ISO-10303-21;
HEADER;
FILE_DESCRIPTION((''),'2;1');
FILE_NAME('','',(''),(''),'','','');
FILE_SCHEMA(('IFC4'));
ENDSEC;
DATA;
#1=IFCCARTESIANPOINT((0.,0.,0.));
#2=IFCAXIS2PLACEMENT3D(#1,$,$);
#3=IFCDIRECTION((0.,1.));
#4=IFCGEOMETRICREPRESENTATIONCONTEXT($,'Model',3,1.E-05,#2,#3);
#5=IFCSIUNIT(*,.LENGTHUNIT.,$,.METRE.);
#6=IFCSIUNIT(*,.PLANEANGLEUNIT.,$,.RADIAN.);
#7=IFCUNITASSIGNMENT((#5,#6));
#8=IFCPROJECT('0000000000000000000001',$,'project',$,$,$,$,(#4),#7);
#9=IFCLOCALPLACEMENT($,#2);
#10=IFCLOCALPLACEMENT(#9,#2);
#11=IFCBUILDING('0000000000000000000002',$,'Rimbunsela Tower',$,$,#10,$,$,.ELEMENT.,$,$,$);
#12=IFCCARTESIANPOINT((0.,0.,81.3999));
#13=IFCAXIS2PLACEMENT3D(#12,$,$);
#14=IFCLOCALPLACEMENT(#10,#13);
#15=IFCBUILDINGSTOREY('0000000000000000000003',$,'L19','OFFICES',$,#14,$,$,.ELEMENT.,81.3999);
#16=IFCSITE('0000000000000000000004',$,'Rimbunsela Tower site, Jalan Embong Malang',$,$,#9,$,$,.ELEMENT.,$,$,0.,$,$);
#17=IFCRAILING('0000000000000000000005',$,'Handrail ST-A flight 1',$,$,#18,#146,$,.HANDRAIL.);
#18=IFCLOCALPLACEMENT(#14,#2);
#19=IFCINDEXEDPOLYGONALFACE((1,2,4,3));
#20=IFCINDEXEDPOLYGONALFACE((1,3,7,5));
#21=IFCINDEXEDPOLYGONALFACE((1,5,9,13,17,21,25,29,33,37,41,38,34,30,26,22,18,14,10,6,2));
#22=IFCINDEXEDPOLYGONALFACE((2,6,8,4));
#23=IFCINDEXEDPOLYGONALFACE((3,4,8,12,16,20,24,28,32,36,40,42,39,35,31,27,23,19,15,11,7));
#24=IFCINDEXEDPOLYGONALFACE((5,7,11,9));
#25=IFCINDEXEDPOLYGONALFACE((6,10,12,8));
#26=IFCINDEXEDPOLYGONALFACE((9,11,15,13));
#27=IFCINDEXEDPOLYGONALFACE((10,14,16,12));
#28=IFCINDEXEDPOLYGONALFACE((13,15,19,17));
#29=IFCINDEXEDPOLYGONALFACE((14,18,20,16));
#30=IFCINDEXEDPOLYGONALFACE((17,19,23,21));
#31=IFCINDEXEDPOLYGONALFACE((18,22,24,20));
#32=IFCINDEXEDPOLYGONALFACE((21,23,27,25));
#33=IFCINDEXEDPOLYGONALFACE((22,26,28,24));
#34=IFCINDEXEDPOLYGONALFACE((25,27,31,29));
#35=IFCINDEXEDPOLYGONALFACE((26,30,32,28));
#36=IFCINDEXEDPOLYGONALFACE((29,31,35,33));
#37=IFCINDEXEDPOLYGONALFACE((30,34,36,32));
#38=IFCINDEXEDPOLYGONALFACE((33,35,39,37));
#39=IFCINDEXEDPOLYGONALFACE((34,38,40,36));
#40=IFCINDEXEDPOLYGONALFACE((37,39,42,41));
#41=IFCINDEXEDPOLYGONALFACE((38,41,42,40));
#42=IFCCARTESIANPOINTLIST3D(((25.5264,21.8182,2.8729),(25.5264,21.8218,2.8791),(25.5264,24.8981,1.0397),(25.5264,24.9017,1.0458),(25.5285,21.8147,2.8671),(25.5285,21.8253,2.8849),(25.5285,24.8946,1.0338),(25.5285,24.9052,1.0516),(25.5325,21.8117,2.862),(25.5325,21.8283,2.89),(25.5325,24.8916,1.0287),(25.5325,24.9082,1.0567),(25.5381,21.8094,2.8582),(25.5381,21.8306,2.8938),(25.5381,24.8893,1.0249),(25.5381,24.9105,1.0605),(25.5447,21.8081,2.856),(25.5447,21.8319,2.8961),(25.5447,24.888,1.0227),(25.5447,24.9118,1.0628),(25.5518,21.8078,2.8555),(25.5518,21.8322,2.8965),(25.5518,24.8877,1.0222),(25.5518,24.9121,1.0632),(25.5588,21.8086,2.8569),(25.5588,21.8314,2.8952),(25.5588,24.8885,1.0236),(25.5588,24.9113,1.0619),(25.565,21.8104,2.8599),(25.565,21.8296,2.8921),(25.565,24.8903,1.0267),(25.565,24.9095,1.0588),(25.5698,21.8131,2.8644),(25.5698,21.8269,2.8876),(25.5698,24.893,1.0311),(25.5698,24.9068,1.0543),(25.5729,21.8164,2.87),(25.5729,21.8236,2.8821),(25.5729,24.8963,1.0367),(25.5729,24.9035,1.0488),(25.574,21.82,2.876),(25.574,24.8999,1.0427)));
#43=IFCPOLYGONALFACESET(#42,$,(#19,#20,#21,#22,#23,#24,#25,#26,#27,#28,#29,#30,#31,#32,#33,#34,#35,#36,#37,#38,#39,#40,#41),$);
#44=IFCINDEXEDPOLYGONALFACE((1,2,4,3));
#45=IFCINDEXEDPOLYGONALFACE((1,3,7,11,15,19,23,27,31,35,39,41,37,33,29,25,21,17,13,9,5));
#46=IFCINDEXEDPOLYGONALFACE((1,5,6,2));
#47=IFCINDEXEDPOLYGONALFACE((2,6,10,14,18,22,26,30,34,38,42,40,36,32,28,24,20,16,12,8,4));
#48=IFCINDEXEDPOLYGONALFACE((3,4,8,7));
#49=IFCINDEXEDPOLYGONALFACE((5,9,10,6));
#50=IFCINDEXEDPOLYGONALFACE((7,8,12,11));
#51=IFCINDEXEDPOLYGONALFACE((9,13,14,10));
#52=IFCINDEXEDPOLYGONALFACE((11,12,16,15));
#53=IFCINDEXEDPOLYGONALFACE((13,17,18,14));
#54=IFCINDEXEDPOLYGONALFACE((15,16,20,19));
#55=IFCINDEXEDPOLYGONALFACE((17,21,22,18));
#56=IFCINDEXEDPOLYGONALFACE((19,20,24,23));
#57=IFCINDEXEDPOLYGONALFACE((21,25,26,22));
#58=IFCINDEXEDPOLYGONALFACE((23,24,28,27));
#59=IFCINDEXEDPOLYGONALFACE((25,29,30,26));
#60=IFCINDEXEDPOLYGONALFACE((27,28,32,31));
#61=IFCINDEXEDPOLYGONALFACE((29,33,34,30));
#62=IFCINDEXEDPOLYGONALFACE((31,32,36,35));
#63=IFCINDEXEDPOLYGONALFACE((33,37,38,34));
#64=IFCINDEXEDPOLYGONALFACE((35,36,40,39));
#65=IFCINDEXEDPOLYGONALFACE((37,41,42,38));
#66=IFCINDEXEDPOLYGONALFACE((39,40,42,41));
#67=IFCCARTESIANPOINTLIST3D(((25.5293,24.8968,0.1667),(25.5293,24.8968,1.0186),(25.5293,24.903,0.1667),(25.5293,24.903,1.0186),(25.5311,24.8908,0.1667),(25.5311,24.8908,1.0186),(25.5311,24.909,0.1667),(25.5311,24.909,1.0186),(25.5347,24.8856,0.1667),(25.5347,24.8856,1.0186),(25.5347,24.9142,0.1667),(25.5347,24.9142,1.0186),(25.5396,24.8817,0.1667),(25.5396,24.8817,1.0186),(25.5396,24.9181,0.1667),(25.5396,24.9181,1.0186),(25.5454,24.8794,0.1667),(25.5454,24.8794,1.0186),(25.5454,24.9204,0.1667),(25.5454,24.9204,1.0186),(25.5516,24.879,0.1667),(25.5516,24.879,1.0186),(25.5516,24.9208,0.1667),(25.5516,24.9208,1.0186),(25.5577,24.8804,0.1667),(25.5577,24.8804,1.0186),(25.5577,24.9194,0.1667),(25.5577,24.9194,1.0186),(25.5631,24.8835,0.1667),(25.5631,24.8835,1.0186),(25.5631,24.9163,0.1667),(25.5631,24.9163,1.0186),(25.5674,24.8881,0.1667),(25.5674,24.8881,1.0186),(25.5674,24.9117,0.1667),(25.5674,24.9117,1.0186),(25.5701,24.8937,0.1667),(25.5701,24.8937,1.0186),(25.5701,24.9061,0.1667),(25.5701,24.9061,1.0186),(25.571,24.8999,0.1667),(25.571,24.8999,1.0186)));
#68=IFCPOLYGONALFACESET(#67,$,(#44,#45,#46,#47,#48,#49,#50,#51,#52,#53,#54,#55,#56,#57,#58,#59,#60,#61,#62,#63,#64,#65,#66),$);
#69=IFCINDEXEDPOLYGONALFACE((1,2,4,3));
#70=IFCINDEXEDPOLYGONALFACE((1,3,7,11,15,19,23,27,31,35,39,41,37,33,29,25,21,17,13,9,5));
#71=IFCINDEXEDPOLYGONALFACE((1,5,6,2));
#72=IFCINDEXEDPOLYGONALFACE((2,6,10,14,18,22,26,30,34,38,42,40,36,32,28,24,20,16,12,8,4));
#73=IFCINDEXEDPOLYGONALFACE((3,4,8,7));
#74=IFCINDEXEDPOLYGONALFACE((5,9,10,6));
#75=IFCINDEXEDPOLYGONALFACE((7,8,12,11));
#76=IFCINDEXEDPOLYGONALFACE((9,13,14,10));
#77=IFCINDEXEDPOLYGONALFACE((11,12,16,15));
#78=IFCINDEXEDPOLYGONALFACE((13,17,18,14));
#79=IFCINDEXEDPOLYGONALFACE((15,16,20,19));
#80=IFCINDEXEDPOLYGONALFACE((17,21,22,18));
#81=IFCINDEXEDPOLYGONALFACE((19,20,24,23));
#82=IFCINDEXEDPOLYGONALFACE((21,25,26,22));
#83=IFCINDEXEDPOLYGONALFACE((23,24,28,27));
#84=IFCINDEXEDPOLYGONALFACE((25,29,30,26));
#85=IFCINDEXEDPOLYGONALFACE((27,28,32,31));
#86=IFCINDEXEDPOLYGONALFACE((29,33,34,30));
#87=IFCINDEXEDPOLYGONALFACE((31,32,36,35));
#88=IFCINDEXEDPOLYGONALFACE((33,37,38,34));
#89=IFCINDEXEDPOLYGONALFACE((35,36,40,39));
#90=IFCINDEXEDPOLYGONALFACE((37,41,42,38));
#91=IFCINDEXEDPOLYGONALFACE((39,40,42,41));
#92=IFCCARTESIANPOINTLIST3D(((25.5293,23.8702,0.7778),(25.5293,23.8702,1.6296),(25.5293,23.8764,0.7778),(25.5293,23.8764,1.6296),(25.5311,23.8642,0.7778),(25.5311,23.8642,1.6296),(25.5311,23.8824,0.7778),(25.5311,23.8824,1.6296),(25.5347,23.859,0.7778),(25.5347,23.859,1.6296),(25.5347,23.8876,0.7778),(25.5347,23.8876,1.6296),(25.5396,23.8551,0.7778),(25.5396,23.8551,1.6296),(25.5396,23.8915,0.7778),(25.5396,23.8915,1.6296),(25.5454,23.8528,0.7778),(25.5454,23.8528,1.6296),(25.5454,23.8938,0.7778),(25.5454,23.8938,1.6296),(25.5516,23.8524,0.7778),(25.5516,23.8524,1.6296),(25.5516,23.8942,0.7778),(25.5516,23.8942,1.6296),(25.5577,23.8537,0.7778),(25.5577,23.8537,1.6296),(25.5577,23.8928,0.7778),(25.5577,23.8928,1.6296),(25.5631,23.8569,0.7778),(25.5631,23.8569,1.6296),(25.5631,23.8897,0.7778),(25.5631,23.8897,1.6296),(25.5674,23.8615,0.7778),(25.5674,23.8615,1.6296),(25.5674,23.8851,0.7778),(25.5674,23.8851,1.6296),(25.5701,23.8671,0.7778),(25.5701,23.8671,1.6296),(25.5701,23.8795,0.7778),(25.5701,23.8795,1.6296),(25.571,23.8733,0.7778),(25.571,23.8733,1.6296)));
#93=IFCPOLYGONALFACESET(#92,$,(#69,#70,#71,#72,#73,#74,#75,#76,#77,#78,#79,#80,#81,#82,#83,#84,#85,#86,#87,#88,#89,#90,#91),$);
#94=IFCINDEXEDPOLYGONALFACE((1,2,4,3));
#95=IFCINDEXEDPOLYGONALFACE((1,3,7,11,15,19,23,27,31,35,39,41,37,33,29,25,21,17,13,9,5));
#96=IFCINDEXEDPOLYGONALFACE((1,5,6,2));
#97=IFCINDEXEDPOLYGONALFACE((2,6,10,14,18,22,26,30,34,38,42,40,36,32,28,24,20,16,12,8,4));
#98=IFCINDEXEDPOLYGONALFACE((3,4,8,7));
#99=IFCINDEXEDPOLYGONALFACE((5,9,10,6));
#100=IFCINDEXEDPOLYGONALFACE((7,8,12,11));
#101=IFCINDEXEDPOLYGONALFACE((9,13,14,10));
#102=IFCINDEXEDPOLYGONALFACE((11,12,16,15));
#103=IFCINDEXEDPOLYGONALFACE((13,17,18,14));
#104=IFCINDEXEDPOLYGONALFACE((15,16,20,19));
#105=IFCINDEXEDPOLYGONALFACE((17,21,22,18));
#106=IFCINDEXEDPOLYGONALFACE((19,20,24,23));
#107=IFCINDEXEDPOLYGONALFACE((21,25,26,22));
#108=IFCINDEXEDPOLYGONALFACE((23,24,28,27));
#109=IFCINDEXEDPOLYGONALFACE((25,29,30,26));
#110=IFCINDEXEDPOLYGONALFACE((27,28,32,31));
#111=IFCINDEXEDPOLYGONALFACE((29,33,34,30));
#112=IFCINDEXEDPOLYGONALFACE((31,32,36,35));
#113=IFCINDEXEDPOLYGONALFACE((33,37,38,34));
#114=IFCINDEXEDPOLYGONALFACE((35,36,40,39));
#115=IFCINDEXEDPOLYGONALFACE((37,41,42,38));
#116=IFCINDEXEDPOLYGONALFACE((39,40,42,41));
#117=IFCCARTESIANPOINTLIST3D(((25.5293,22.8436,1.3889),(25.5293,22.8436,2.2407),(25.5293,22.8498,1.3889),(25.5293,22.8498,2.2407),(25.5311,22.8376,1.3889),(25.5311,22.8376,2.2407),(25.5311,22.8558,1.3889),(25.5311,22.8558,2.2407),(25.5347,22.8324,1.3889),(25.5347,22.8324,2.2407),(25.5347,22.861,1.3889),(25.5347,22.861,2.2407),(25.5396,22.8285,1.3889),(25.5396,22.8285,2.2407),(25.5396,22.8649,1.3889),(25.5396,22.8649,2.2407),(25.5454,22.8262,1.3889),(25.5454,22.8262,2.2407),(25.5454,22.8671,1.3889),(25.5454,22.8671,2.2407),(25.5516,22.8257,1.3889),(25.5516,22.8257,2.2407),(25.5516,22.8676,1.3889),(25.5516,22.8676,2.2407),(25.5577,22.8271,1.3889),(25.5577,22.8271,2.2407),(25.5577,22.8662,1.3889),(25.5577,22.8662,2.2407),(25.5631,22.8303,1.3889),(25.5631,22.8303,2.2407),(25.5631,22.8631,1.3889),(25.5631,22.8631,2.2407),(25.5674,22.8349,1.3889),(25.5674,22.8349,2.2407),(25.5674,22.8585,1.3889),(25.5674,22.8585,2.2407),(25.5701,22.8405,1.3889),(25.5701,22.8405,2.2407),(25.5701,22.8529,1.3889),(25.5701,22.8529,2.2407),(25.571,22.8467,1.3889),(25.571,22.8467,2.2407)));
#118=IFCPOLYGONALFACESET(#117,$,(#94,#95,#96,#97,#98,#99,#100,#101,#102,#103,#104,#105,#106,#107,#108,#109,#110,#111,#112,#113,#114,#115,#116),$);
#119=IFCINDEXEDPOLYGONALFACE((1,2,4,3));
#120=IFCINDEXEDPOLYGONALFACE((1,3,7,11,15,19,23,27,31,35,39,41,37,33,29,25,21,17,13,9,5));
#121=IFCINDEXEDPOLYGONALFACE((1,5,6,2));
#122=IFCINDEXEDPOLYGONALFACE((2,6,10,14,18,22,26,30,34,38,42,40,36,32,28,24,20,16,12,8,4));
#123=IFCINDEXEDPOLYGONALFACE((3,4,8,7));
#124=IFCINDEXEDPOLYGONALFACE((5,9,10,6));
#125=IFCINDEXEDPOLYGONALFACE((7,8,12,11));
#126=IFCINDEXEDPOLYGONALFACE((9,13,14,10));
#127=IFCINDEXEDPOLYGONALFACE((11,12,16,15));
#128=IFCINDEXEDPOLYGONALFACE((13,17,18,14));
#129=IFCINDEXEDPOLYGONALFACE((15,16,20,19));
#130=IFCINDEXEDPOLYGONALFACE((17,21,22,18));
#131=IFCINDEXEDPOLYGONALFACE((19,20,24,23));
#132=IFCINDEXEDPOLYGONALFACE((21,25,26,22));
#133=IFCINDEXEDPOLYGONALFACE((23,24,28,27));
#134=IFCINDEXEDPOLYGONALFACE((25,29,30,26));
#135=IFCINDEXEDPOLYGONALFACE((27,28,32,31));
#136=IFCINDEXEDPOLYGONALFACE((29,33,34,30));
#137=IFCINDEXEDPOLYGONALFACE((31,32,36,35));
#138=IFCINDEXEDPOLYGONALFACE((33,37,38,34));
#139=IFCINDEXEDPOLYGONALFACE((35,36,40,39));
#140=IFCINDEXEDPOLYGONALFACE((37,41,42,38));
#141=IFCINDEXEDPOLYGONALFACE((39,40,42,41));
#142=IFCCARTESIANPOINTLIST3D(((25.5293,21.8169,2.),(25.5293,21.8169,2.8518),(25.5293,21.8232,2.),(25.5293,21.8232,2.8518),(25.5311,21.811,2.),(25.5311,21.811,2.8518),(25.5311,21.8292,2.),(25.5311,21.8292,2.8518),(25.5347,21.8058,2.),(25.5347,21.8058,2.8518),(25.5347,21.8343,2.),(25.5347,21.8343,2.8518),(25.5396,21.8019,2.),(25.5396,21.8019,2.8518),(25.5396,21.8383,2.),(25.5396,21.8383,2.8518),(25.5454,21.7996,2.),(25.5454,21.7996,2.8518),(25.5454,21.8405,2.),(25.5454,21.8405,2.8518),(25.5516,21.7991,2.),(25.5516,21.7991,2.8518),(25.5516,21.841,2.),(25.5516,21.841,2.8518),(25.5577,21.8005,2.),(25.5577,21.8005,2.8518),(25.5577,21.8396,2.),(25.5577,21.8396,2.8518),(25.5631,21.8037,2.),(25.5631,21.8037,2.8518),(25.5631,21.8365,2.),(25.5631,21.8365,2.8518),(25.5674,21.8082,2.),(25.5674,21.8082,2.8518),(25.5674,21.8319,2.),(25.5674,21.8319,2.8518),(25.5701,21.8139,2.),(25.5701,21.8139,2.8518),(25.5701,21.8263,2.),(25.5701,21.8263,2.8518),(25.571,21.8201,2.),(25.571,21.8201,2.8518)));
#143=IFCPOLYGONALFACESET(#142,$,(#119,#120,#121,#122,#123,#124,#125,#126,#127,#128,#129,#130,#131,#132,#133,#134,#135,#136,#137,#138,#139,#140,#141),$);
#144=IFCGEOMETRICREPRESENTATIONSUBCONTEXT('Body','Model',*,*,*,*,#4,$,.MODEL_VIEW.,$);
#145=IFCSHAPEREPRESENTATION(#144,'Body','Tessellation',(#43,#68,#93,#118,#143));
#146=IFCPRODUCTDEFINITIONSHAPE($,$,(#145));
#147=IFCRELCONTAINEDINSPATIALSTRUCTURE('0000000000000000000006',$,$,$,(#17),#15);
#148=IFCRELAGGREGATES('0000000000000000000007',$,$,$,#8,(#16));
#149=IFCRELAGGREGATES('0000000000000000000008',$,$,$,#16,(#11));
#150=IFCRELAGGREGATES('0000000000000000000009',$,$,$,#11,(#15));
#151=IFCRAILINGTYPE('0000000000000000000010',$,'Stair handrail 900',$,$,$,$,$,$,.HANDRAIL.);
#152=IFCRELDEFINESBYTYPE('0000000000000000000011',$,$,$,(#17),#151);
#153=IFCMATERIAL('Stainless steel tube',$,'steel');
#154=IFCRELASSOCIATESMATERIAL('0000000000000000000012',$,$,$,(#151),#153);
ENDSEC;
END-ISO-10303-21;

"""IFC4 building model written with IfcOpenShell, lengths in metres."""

from ifc_helpers import new_model, si_unit, direction, frame, origin, origin_2d, place, context, subcontext, project, spatial, circle, extrude, material, type_object, element, save


model = new_model("IFC4")

# Units and contexts
model_context = context("Model", 3, precision=1e-05, world=origin(), true_north=direction((0.0, 1.0)))
body_context = subcontext(model_context, "Body", "Model", "MODEL_VIEW")
ifc_project = project(units=[si_unit("LENGTHUNIT", "METRE"), si_unit("PLANEANGLEUNIT", "RADIAN")], contexts=[model_context])

# Site, building, storey
site_placement = place(None, origin())
site = spatial("IfcSite", under=ifc_project, at=site_placement, Name="Rimbunsela Tower site, Jalan Embong Malang", CompositionType="ELEMENT", RefElevation=0.0)
building_placement = place(site_placement, origin())
building = spatial("IfcBuilding", under=site, at=building_placement, Name="Rimbunsela Tower", CompositionType="ELEMENT")
storey_placement = place(building_placement, frame((0.0, 0.0, 81.3999)))
storey = spatial("IfcBuildingStorey", under=building, at=storey_placement, Name="L19", Description="OFFICES", CompositionType="ELEMENT", Elevation=81.3999)

# Railing
ifc_material_1 = material(Name="Stainless steel tube", Category="steel")
railing_type = type_object("IfcRailingType", Name="Stair handrail 900", PredefinedType="HANDRAIL", material=ifc_material_1)
railing_1_placement = place(storey_placement, frame((25.55, 24.8999, 0.1667)))
element("IfcRailing", 1, at=railing_1_placement, inside=storey, type_object=railing_type, Name="Handrail ST-A flight 1", PredefinedType="HANDRAIL", context=body_context, shape_type="SweptSolid", body=[
    extrude(circle(Radius=0.0239, at=origin_2d()), frame((0.0, 0.0, 0.876), z_axis=(0.0, -0.859291, 0.511487), x_axis=(1.0, 0.0, 0.0)), (0.0, 0.0, 1.0), 3.5842),
    extrude(circle(Radius=0.021, at=origin_2d()), origin(), (0.0, 0.0, 1.0), 0.8518),
    extrude(circle(Radius=0.021, at=origin_2d()), frame((0.0, -1.0266, 0.6111)), (0.0, 0.0, 1.0), 0.8518),
    extrude(circle(Radius=0.021, at=origin_2d()), frame((0.0, -2.0532, 1.2222)), (0.0, 0.0, 1.0), 0.8518),
    extrude(circle(Radius=0.021, at=origin_2d()), frame((0.0, -3.0798, 1.8333)), (0.0, 0.0, 1.0), 0.8518),
])

save(model, "model.ifc")
